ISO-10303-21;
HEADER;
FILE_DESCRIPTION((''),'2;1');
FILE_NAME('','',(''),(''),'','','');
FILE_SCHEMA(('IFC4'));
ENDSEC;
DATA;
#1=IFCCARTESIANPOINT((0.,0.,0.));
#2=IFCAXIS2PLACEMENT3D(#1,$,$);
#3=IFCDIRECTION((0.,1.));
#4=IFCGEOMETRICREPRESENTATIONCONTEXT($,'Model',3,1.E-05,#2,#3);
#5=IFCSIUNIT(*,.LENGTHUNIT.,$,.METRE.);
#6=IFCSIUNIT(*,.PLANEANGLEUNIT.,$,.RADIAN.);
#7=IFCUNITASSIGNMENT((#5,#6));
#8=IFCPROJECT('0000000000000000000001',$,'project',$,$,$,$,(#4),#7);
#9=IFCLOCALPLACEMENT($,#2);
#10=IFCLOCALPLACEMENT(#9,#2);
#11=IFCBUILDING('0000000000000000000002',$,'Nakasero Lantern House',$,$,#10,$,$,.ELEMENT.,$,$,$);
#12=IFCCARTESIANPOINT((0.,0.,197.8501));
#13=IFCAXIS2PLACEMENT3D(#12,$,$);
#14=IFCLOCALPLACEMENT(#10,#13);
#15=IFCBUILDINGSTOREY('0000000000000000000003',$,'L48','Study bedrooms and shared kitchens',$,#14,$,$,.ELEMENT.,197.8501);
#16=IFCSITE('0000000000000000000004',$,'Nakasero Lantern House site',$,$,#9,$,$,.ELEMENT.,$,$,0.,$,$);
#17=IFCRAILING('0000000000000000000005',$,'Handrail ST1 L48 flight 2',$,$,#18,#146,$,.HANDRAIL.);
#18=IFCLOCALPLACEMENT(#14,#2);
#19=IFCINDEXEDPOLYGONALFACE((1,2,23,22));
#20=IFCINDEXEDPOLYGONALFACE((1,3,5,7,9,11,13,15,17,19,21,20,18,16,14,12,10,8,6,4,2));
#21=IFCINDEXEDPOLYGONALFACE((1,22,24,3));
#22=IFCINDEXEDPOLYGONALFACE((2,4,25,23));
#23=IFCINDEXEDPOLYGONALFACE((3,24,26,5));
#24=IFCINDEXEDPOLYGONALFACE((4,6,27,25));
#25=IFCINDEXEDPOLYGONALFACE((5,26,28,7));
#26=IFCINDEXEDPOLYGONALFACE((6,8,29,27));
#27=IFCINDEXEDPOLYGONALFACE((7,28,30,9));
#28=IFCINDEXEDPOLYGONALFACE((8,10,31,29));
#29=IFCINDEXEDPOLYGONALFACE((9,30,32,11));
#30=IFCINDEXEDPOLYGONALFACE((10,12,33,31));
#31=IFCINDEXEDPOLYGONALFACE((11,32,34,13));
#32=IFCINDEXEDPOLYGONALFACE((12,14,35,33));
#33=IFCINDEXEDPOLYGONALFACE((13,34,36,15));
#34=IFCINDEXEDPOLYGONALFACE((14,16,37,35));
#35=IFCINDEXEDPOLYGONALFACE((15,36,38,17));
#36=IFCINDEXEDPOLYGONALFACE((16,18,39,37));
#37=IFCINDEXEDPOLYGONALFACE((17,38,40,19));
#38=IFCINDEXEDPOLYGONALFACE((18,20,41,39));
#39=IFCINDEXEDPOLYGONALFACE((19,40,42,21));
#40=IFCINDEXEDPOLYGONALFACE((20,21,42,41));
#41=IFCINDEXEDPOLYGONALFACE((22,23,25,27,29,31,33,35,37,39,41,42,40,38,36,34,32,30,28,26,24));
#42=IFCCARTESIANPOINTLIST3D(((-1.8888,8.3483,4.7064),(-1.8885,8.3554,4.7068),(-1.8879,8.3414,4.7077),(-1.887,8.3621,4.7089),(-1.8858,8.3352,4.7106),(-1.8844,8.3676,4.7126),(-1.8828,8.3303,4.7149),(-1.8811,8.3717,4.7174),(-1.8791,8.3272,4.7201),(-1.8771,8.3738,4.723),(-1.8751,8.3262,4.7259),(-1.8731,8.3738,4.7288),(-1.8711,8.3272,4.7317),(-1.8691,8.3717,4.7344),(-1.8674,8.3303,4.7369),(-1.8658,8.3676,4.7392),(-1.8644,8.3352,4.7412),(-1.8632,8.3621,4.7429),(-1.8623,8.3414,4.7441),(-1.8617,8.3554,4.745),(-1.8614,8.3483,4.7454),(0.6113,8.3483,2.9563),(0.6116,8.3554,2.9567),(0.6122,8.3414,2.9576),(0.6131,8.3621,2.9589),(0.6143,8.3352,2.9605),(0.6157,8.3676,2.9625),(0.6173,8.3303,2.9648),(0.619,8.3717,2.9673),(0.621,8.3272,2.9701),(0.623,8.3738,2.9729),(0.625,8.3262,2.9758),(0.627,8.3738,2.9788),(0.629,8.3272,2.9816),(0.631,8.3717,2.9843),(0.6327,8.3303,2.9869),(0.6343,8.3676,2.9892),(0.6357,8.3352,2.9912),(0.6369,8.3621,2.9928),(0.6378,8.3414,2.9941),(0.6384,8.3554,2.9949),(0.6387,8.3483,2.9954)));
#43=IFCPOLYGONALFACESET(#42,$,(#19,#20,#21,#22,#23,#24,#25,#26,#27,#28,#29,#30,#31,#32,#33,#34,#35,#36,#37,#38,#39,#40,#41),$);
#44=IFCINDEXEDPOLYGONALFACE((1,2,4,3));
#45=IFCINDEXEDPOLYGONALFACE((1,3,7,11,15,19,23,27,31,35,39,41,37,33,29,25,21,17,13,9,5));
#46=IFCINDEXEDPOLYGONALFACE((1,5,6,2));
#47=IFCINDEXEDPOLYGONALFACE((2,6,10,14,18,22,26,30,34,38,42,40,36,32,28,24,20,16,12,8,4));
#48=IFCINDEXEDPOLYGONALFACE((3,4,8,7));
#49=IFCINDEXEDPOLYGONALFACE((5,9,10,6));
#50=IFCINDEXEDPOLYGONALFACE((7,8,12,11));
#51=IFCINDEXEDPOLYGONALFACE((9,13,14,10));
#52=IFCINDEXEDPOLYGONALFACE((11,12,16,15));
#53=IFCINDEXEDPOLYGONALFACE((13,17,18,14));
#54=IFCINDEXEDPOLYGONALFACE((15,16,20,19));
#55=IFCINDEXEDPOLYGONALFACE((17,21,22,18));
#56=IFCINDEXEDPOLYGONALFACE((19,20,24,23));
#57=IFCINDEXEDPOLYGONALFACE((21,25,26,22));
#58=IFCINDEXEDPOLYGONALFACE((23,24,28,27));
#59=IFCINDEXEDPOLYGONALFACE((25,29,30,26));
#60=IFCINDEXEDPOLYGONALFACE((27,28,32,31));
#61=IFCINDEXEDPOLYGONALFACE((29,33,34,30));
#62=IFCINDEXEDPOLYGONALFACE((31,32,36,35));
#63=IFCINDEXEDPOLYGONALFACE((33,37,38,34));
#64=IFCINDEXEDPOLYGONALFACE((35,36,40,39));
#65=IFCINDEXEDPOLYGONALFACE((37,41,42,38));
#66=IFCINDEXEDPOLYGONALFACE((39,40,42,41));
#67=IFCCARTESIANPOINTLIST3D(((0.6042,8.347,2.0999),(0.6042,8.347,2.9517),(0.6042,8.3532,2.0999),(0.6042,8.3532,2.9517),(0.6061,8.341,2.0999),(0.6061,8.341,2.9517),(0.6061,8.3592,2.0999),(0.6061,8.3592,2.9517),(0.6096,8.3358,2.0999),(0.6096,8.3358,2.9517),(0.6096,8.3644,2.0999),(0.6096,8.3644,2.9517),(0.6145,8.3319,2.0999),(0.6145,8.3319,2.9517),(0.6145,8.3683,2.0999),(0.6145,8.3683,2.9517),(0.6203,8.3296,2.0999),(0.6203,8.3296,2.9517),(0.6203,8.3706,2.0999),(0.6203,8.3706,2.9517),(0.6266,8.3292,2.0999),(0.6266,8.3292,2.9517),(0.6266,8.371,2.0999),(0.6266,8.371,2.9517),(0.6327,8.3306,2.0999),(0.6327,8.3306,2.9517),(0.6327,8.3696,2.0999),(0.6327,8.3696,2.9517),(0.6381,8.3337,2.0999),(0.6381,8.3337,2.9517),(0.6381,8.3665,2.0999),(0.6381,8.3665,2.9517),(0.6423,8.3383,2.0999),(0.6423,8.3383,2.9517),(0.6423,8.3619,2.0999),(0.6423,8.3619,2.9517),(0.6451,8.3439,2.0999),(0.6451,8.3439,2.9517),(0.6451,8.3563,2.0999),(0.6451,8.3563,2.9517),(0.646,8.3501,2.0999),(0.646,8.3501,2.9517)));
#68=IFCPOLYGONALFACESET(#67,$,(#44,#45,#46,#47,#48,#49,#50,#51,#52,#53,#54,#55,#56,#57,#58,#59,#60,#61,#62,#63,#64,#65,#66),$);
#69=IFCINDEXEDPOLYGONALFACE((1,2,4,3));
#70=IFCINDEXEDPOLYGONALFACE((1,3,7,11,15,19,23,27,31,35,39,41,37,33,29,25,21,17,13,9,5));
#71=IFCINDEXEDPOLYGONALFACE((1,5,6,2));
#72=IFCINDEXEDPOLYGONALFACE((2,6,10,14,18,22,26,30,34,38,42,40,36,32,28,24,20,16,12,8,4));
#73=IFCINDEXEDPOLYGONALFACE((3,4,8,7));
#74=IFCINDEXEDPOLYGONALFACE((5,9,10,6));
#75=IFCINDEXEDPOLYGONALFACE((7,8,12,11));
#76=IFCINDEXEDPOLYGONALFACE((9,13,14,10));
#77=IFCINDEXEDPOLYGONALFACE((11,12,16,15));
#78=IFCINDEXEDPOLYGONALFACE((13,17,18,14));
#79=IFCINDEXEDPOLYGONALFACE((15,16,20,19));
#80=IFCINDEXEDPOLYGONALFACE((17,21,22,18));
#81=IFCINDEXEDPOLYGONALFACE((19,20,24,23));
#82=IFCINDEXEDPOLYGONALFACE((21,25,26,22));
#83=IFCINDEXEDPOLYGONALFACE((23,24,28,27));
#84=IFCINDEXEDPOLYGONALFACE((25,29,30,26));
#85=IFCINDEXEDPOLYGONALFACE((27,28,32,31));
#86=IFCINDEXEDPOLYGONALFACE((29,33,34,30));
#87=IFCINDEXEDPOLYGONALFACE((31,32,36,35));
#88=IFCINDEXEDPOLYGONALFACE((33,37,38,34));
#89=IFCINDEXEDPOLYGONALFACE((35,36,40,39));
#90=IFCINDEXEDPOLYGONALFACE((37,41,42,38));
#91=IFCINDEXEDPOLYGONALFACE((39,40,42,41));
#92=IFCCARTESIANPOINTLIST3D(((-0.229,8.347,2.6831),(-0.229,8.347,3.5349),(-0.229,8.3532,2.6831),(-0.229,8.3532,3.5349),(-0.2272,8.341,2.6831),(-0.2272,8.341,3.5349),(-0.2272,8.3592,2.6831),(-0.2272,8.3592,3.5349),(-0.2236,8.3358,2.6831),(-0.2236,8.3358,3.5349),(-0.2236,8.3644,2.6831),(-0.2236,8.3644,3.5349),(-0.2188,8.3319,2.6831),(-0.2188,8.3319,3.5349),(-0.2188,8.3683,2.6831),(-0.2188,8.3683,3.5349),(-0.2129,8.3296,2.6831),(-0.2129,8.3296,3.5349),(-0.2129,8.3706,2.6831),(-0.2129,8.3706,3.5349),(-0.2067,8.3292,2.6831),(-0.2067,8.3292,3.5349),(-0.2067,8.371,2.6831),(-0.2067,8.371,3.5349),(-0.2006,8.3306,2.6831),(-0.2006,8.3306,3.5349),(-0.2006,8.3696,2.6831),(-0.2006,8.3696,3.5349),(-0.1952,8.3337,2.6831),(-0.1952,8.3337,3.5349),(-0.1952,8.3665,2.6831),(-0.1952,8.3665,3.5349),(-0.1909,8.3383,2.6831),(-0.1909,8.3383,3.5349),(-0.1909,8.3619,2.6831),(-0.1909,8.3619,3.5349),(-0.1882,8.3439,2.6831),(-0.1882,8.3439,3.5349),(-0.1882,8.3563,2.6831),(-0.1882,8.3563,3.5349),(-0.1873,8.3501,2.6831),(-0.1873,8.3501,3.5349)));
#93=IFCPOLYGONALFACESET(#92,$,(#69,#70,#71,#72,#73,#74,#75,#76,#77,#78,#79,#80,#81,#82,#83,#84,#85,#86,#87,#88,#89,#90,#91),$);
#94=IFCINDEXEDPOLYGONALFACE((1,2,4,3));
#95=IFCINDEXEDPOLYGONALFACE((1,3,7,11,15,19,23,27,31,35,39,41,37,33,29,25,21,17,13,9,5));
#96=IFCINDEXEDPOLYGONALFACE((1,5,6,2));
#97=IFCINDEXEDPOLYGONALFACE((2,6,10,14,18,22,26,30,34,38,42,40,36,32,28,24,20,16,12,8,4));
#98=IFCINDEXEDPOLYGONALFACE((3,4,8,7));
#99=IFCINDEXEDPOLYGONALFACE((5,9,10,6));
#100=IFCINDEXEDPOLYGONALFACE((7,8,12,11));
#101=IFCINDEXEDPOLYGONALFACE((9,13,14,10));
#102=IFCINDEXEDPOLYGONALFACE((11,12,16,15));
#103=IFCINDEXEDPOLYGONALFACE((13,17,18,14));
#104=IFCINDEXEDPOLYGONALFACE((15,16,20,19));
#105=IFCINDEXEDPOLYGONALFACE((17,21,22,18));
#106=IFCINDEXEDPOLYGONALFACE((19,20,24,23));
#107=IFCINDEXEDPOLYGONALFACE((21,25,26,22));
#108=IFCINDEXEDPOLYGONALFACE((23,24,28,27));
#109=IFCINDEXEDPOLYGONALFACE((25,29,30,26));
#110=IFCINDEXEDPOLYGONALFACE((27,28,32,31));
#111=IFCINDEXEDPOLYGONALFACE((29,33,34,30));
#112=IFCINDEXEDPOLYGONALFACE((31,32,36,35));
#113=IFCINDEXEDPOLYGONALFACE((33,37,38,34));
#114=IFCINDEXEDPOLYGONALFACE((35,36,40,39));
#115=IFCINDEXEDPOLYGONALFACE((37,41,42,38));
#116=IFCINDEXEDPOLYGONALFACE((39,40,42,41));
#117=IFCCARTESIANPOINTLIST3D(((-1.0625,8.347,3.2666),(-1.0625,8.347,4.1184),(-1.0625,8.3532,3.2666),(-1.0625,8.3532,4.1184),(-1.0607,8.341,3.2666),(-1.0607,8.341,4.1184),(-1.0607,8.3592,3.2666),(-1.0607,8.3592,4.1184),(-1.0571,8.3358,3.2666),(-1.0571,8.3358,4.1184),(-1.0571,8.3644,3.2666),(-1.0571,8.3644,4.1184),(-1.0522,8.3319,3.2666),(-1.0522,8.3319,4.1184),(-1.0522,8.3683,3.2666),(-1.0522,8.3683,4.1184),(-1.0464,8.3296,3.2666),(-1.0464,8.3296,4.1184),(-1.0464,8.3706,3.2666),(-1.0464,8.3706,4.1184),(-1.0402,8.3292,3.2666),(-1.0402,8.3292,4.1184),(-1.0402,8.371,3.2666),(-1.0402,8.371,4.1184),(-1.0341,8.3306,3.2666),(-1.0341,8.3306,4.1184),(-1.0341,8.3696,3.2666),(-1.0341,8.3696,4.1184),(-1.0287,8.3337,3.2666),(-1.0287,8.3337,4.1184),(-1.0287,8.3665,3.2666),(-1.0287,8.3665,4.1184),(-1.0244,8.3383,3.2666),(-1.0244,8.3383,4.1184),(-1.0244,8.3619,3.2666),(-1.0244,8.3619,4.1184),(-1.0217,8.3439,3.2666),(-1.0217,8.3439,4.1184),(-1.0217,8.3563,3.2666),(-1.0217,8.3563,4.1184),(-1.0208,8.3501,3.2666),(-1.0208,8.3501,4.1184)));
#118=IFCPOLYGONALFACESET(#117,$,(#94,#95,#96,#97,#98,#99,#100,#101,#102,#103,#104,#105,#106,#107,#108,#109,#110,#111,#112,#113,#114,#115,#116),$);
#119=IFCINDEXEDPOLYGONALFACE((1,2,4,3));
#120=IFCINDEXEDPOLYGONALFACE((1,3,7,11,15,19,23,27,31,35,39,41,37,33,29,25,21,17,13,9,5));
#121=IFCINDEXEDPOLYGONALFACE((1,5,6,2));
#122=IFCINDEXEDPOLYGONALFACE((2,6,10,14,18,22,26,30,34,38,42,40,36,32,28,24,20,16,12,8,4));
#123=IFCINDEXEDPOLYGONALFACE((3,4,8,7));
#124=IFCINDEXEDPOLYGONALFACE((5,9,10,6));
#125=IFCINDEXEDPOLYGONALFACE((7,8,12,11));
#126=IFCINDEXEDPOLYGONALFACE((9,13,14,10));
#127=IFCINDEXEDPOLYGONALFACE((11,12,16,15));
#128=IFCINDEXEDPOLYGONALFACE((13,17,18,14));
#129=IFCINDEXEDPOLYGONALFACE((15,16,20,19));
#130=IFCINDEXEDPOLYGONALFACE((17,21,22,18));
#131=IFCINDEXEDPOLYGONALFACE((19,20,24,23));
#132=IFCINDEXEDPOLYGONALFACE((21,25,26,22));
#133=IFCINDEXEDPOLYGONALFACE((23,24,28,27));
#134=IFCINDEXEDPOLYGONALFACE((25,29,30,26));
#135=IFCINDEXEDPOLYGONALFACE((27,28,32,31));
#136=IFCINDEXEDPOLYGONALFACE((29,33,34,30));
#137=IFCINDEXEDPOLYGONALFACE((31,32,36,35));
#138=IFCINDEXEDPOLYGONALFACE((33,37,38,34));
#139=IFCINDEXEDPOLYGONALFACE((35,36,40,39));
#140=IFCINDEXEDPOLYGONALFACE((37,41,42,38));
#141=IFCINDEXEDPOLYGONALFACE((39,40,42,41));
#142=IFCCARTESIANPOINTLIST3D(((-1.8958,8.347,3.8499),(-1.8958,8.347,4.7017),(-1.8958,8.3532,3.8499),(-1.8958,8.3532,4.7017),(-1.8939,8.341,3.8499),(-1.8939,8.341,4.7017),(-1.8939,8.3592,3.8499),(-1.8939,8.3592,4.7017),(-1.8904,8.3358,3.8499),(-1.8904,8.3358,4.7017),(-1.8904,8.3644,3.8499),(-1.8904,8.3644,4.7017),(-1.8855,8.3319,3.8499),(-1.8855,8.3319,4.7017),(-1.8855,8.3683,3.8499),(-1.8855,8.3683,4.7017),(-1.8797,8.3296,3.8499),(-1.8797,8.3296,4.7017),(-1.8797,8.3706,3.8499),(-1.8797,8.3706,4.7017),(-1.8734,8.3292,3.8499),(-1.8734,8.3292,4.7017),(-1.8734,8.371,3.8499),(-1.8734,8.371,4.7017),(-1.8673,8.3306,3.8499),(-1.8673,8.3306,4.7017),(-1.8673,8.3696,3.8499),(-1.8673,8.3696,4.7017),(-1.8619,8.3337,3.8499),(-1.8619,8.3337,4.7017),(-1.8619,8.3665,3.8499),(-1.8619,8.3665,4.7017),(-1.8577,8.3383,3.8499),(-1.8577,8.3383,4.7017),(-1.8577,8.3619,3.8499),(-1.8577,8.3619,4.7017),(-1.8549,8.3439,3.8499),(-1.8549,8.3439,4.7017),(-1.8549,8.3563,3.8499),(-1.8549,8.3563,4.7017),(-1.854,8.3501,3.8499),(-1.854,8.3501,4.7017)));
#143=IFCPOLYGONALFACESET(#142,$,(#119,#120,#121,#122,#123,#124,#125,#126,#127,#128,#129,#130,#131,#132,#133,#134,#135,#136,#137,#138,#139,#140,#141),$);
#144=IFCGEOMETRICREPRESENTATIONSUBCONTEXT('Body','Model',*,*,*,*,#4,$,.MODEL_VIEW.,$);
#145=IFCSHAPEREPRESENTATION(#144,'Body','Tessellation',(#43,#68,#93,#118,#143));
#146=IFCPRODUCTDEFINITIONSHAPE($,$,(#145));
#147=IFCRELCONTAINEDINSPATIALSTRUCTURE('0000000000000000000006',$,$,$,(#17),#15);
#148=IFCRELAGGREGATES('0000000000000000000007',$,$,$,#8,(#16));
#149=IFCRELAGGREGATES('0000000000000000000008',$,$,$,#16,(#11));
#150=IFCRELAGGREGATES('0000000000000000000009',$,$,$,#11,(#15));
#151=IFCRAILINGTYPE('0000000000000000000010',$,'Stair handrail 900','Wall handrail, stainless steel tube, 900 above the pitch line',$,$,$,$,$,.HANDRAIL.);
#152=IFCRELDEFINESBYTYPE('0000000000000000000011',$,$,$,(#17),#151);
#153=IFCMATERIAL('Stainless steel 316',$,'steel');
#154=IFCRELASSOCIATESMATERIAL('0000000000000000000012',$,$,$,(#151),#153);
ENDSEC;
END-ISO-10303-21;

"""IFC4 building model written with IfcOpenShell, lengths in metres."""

from ifc_helpers import new_model, si_unit, direction, frame, origin, origin_2d, place, context, subcontext, project, spatial, circle, extrude, material, type_object, element, save


model = new_model("IFC4")

# Units and contexts
model_context = context("Model", 3, precision=1e-05, world=origin(), true_north=direction((0.0, 1.0)))
body_context = subcontext(model_context, "Body", "Model", "MODEL_VIEW")
ifc_project = project(units=[si_unit("LENGTHUNIT", "METRE"), si_unit("PLANEANGLEUNIT", "RADIAN")], contexts=[model_context])

# Site, building, storey
site_placement = place(None, origin())
site = spatial("IfcSite", under=ifc_project, at=site_placement, Name="Nakasero Lantern House site", CompositionType="ELEMENT", RefElevation=0.0)
building_placement = place(site_placement, origin())
building = spatial("IfcBuilding", under=site, at=building_placement, Name="Nakasero Lantern House", CompositionType="ELEMENT")
storey_placement = place(building_placement, frame((0.0, 0.0, 197.8501)))
storey = spatial("IfcBuildingStorey", under=building, at=storey_placement, Name="L48", Description="Study bedrooms and shared kitchens", CompositionType="ELEMENT", Elevation=197.8501)

# Railing
ifc_material_1 = material(Name="Stainless steel 316", Category="steel")
railing_type = type_object("IfcRailingType", Name="Stair handrail 900", Description="Wall handrail, stainless steel tube, 900 above the pitch line", PredefinedType="HANDRAIL", material=ifc_material_1)
railing_placement = place(storey_placement, frame((0.625, 8.3501, 2.0999)))
element("IfcRailing", 1, at=railing_placement, inside=storey, type_object=railing_type, Name="Handrail ST1 L48 flight 2", PredefinedType="HANDRAIL", context=body_context, shape_type="SweptSolid", body=[
    extrude(circle(Radius=0.0239, at=origin_2d()), frame((0.0, 0.0, 0.876), z_axis=(-0.819232, 0.0, 0.573462), x_axis=(0.0, -1.0, 0.0)), (0.0, 0.0, 1.0), 3.0518),
    extrude(circle(Radius=0.021, at=origin_2d()), origin(), (0.0, 0.0, 1.0), 0.8518),
    extrude(circle(Radius=0.021, at=origin_2d()), frame((-0.8333, 0.0, 0.5833)), (0.0, 0.0, 1.0), 0.8518),
    extrude(circle(Radius=0.021, at=origin_2d()), frame((-1.6667, 0.0, 1.1667)), (0.0, 0.0, 1.0), 0.8518),
    extrude(circle(Radius=0.021, at=origin_2d()), frame((-2.5, 0.0, 1.75)), (0.0, 0.0, 1.0), 0.8518),
])

save(model, "model.ifc")
